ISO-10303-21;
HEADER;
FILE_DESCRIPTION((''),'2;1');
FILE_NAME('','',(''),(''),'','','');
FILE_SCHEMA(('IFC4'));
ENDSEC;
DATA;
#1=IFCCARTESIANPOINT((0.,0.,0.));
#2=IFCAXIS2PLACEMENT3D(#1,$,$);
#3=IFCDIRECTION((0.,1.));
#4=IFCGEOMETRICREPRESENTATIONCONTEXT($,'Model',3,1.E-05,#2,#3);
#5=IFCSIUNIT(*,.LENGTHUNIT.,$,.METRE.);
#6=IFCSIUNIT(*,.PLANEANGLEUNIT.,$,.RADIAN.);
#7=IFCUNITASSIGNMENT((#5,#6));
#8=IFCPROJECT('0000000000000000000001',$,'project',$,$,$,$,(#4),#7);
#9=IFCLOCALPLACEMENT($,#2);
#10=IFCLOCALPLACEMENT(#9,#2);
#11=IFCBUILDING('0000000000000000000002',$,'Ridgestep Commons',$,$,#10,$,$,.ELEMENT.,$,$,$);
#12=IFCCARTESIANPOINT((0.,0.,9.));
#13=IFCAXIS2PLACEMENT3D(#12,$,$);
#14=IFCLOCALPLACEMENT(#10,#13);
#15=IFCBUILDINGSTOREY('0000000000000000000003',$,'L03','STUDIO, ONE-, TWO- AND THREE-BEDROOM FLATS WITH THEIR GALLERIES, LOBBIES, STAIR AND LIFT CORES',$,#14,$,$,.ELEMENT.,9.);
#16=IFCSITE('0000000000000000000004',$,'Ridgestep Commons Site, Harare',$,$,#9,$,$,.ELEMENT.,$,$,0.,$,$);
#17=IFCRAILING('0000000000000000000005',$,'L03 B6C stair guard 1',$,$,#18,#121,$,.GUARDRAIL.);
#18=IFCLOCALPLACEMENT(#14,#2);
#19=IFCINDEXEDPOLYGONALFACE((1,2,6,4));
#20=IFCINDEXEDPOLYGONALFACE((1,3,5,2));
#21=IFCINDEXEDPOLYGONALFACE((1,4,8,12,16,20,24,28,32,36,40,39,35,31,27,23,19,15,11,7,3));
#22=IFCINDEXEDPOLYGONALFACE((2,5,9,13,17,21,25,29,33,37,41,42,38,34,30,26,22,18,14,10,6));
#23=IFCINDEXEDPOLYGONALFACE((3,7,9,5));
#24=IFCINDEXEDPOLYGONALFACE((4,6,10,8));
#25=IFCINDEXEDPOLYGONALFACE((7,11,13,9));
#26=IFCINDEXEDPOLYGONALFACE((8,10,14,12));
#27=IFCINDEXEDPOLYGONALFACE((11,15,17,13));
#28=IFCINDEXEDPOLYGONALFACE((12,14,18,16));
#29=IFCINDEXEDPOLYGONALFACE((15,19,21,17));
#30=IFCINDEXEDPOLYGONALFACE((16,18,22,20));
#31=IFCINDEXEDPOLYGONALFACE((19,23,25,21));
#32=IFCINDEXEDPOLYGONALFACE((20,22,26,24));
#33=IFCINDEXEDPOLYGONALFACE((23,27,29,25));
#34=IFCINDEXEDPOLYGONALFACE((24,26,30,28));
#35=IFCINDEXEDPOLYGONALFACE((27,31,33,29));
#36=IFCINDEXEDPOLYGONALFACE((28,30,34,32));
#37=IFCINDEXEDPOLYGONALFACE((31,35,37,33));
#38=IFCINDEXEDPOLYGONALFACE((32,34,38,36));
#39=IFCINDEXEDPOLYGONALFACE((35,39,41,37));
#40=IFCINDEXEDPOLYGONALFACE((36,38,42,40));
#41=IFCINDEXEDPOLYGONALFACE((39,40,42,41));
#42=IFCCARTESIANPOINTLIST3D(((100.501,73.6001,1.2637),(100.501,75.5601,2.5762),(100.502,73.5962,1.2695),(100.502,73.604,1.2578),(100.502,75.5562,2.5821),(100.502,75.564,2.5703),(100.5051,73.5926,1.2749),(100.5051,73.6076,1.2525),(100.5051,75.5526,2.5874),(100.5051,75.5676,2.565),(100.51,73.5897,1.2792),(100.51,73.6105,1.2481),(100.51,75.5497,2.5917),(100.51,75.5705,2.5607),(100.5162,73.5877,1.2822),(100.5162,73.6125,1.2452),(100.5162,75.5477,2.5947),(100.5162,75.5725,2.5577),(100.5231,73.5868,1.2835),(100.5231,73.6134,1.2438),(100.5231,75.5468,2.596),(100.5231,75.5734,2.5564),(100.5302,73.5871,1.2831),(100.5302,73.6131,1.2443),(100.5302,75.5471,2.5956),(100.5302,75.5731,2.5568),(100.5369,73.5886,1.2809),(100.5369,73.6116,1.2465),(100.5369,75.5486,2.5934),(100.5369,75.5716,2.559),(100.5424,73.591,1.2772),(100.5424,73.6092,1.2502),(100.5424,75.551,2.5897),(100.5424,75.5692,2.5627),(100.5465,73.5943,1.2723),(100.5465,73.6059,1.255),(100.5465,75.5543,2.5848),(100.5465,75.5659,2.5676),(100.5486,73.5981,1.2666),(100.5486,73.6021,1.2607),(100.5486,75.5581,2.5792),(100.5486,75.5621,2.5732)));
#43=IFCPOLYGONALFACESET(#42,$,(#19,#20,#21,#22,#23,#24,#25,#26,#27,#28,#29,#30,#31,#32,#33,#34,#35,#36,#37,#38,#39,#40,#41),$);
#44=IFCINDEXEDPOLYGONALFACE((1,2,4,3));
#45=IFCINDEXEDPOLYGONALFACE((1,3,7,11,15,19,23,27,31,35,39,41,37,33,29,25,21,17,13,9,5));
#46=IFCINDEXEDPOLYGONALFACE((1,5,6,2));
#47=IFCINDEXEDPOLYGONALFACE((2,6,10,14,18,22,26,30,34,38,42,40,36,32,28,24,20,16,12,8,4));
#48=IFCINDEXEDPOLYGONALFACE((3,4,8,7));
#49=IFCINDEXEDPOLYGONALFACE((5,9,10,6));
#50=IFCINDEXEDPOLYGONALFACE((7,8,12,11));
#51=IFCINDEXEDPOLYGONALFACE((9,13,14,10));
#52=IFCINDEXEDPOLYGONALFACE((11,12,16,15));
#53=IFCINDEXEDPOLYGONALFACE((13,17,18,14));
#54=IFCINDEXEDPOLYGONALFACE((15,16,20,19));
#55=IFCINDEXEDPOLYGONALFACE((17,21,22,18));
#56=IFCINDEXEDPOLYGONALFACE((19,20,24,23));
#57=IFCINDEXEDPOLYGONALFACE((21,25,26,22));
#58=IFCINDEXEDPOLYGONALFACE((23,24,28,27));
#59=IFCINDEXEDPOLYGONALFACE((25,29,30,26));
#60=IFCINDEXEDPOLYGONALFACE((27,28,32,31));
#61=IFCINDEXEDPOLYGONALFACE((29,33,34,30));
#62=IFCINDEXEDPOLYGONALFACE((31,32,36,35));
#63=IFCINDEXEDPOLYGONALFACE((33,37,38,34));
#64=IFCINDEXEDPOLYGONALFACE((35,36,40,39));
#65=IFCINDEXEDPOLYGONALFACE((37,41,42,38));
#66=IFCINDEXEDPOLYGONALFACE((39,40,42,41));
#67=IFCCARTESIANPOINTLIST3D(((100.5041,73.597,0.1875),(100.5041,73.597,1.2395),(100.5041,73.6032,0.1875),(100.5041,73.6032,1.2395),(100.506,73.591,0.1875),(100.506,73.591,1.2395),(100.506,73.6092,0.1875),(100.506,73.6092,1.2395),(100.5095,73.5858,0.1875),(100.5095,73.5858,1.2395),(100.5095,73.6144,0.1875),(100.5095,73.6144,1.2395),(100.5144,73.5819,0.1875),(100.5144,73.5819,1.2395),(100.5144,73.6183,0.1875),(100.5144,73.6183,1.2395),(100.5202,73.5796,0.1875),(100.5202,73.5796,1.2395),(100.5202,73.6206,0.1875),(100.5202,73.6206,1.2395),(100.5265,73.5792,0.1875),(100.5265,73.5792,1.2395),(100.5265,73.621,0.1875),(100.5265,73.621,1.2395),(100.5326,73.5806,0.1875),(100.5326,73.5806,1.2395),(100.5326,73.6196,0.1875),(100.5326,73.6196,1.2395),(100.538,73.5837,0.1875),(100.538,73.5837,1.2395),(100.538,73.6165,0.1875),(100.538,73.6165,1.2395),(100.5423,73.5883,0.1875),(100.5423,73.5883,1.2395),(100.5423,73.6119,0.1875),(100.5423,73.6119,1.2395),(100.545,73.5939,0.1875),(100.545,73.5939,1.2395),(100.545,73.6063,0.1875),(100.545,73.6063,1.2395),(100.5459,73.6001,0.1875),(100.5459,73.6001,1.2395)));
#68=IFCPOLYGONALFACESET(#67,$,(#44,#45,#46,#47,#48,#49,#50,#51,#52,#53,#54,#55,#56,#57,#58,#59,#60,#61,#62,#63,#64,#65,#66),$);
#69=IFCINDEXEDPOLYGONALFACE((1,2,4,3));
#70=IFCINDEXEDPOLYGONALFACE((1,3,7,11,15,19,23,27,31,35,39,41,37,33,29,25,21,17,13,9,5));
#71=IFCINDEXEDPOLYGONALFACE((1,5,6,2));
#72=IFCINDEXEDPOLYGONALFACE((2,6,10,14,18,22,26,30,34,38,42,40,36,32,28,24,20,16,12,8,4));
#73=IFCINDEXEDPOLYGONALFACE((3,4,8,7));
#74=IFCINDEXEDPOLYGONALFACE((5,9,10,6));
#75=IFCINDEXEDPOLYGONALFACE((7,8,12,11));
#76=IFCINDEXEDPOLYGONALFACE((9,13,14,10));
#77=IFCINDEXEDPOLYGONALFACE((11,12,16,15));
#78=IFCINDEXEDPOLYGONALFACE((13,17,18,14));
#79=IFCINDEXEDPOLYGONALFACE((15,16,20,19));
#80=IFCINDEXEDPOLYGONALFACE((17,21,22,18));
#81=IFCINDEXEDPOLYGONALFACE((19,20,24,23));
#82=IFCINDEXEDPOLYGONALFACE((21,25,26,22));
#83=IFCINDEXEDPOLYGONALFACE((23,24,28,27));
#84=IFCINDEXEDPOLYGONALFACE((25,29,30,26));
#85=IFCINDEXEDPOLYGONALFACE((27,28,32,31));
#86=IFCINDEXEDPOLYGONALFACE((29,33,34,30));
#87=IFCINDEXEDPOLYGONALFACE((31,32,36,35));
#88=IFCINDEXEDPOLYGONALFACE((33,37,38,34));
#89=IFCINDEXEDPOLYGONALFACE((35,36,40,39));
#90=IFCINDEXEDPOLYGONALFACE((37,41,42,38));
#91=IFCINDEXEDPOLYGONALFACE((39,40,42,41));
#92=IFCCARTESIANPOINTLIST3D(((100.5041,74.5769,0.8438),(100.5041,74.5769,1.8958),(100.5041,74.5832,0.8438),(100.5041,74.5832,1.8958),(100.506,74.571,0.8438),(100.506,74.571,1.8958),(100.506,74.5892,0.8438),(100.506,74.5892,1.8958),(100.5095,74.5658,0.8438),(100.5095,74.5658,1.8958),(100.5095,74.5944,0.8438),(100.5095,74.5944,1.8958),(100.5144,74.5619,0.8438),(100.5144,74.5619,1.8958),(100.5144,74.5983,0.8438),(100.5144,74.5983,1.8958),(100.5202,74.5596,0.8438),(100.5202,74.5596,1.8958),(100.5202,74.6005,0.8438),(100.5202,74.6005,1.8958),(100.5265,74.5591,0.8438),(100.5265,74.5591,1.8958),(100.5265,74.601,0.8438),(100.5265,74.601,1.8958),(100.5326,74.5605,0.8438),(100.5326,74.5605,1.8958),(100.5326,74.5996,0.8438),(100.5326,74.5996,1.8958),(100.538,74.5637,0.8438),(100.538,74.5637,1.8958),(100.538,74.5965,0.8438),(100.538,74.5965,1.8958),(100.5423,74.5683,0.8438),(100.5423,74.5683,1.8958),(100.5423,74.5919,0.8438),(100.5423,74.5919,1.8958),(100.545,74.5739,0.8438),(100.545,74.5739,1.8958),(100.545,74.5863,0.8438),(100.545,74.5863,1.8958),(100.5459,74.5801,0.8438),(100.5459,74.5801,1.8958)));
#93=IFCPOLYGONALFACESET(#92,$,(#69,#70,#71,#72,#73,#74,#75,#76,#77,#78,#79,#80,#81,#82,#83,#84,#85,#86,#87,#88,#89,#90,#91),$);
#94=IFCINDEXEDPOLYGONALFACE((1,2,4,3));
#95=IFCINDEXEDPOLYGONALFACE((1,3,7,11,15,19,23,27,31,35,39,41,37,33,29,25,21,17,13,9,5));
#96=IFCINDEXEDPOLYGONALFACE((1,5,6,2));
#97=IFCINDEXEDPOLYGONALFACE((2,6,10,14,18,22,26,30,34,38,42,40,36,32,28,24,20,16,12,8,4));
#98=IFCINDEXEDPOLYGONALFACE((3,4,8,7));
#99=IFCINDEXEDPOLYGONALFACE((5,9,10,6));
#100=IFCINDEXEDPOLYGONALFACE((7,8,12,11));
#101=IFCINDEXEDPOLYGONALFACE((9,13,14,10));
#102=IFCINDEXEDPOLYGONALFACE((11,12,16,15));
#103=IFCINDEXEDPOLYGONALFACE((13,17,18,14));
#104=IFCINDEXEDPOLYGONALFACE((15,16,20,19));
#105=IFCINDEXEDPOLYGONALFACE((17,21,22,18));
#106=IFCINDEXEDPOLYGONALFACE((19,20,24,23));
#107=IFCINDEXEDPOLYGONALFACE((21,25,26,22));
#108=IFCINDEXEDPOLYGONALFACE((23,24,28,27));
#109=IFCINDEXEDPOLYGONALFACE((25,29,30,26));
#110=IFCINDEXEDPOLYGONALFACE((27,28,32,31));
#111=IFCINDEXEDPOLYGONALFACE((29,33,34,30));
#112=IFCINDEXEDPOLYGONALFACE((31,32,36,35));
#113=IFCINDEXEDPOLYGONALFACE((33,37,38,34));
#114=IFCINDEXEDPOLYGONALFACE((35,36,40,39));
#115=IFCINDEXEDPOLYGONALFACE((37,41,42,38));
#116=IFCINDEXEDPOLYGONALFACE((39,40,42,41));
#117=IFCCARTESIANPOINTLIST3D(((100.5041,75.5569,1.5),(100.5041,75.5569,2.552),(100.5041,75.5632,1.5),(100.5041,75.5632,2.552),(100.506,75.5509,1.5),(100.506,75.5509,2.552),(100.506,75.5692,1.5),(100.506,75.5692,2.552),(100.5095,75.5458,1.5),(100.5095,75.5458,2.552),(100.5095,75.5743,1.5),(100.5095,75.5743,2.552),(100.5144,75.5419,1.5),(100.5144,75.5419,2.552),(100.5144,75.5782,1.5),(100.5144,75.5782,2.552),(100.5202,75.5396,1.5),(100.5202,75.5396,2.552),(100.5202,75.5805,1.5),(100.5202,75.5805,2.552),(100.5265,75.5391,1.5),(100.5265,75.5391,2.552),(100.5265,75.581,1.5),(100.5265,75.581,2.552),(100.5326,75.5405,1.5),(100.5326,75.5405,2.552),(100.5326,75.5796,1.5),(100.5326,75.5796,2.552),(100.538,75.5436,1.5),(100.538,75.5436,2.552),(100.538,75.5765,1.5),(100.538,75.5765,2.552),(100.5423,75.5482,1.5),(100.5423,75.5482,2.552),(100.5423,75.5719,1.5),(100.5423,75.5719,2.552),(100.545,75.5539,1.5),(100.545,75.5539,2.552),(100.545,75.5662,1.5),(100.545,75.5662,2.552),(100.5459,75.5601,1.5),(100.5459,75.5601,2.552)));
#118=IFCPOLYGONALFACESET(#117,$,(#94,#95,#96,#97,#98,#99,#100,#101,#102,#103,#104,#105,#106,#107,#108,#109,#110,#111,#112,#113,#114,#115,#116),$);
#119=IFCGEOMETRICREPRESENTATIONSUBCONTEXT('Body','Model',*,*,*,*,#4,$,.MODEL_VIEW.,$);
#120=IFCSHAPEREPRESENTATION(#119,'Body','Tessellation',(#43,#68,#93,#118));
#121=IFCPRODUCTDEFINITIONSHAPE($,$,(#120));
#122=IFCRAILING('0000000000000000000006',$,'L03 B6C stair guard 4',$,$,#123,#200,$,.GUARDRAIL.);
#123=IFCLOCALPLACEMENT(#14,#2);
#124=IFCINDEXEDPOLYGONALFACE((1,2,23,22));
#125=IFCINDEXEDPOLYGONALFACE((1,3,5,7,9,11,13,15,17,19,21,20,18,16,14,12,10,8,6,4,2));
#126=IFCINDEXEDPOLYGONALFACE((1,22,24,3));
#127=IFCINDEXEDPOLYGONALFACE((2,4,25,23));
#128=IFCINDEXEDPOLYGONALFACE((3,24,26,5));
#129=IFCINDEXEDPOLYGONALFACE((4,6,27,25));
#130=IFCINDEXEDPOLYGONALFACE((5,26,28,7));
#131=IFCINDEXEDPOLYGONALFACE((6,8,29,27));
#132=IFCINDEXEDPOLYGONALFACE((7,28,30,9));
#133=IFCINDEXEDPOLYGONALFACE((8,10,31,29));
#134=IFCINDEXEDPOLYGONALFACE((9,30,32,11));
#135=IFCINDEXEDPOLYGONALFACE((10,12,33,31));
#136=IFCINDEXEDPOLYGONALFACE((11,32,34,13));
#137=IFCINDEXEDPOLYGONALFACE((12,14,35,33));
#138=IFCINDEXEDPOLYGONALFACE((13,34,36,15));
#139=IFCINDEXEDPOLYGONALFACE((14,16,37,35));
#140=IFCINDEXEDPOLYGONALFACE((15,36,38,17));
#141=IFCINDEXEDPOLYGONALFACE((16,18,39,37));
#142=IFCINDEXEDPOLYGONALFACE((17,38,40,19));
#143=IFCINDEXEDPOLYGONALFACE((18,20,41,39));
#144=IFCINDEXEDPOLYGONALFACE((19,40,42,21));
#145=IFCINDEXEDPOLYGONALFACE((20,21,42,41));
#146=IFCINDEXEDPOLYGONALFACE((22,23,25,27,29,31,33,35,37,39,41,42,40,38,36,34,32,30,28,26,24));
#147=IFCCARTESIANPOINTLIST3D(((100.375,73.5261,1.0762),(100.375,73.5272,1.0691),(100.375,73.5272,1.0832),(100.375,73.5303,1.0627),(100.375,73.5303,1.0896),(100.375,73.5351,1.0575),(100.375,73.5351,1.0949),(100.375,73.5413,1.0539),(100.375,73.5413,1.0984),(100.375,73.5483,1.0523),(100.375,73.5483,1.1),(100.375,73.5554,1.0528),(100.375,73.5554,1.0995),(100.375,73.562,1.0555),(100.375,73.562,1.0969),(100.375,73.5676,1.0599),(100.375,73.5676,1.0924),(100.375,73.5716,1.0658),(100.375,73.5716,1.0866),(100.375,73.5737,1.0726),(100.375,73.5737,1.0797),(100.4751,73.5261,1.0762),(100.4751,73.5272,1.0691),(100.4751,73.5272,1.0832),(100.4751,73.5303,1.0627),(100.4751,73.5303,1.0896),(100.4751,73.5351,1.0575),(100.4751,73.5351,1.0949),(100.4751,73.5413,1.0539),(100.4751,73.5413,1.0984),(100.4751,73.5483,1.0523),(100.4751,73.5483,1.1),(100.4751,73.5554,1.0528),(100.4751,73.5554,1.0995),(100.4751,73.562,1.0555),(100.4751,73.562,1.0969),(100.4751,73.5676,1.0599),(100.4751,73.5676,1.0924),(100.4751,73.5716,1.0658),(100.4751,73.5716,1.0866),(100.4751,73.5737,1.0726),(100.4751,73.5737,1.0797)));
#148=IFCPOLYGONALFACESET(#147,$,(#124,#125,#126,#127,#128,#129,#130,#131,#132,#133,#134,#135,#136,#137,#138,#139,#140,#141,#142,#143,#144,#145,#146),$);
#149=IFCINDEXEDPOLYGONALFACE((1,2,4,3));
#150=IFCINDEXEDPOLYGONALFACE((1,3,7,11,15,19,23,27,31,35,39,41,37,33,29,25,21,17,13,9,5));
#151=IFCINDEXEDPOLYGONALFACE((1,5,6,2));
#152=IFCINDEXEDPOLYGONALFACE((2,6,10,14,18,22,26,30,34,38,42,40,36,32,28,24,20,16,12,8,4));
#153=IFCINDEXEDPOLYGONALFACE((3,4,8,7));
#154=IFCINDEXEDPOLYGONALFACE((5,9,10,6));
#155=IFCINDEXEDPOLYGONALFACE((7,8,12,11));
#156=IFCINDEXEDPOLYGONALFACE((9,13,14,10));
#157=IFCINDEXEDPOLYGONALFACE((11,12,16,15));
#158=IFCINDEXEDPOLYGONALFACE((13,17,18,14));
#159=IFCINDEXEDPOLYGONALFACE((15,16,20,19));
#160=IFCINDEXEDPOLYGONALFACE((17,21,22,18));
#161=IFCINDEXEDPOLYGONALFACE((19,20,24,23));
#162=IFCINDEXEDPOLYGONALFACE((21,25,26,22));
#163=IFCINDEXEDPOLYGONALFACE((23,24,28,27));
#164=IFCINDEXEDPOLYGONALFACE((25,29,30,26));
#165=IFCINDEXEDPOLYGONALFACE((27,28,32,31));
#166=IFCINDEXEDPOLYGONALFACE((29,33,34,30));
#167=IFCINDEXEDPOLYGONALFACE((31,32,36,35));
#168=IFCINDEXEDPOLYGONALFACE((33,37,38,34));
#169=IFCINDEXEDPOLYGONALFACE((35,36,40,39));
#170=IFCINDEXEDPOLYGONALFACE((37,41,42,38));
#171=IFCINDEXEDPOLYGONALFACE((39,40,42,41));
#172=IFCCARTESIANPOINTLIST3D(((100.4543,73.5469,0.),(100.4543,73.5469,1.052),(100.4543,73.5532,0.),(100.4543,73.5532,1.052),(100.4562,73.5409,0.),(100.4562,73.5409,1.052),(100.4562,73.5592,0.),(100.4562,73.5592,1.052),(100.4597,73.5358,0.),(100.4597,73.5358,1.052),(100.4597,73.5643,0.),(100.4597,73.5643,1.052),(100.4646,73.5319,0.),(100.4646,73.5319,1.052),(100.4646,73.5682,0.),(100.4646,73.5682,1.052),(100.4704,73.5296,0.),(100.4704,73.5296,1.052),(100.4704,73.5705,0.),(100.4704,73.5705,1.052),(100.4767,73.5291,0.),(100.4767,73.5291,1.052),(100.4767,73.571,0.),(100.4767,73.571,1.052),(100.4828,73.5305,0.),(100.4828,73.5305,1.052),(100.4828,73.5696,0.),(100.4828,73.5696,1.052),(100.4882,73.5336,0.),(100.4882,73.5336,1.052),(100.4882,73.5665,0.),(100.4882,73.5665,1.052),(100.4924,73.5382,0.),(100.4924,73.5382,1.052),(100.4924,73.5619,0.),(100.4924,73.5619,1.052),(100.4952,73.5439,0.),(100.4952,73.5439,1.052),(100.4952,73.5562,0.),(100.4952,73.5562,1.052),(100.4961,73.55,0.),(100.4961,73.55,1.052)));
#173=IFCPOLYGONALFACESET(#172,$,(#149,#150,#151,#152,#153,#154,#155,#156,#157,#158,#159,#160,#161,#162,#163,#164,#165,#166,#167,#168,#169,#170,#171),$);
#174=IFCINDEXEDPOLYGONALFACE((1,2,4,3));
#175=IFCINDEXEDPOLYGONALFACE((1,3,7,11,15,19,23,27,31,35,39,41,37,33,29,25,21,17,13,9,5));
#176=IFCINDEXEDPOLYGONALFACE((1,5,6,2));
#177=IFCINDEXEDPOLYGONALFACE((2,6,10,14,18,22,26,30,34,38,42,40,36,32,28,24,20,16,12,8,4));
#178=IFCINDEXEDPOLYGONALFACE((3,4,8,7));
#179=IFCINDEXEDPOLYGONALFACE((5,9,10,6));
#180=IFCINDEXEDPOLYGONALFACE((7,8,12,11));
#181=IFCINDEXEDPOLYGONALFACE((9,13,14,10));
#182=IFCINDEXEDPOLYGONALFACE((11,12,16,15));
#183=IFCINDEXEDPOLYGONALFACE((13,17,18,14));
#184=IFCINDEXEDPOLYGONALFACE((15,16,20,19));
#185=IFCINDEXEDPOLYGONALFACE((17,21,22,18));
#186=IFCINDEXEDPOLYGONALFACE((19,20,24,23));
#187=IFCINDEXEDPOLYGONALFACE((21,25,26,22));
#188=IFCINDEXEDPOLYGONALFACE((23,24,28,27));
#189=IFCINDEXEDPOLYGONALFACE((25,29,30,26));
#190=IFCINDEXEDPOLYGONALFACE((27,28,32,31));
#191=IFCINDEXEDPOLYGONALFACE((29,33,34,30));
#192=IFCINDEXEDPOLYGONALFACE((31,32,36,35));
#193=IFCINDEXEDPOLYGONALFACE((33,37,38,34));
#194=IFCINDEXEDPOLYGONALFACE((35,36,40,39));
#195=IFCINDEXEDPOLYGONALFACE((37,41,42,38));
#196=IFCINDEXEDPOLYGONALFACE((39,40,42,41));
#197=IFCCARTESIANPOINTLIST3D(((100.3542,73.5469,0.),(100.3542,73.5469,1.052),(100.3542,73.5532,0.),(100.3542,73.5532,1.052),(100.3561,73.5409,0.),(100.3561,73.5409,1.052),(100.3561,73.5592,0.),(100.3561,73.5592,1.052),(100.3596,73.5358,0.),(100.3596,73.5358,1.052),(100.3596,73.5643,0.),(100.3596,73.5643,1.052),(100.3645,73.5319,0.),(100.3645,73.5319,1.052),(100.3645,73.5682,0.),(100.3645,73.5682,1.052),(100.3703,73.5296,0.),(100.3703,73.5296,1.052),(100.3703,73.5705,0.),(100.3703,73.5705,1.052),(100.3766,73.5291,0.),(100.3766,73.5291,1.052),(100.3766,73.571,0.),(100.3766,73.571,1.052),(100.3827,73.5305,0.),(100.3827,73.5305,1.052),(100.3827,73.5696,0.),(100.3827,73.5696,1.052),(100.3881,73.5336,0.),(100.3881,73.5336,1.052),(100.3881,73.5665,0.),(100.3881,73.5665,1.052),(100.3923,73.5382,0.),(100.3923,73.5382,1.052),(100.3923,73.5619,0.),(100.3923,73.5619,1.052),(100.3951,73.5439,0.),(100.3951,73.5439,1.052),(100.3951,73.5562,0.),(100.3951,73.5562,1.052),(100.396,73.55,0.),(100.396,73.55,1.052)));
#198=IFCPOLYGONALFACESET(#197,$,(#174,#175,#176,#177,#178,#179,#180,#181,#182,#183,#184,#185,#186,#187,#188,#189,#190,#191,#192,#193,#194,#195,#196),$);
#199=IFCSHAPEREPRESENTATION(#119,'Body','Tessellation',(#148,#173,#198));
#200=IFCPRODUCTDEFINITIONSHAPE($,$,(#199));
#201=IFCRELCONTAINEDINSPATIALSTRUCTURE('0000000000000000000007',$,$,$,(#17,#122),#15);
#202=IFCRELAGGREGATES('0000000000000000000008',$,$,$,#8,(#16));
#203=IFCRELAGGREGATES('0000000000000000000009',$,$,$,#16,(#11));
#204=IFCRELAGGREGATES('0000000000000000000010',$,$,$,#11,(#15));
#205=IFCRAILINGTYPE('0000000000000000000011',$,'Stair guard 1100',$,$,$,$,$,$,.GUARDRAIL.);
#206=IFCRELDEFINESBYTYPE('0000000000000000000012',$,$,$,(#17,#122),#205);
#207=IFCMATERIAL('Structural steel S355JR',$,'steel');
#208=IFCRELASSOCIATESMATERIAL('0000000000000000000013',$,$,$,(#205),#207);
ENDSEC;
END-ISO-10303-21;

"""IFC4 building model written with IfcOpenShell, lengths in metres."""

from ifc_helpers import new_model, si_unit, direction, frame, origin, origin_2d, place, context, subcontext, project, spatial, circle, extrude, material, type_object, element, save


model = new_model("IFC4")

# Units and contexts
model_context = context("Model", 3, precision=1e-05, world=origin(), true_north=direction((0.0, 1.0)))
body_context = subcontext(model_context, "Body", "Model", "MODEL_VIEW")
ifc_project = project(units=[si_unit("LENGTHUNIT", "METRE"), si_unit("PLANEANGLEUNIT", "RADIAN")], contexts=[model_context])

# Site, building, storey
site_placement = place(None, origin())
site = spatial("IfcSite", under=ifc_project, at=site_placement, Name="Ridgestep Commons Site, Harare", CompositionType="ELEMENT", RefElevation=0.0)
building_placement = place(site_placement, origin())
building = spatial("IfcBuilding", under=site, at=building_placement, Name="Ridgestep Commons", CompositionType="ELEMENT")
storey_placement = place(building_placement, frame((0.0, 0.0, 9.0)))
storey = spatial("IfcBuildingStorey", under=building, at=storey_placement, Name="L03", Description="STUDIO, ONE-, TWO- AND THREE-BEDROOM FLATS WITH THEIR GALLERIES, LOBBIES, STAIR AND LIFT CORES", CompositionType="ELEMENT", Elevation=9.0)

# Railings
ifc_material_1 = material(Name="Structural steel S355JR", Category="steel")
railing_type_1 = type_object("IfcRailingType", Name="Stair guard 1100", PredefinedType="GUARDRAIL", material=ifc_material_1)
railing_1_placement = place(storey_placement, frame((100.5249, 73.6001, 0.1875)))
element("IfcRailing", 1, at=railing_1_placement, inside=storey, type_object=railing_type_1, Name="L03 B6C stair guard 1", PredefinedType="GUARDRAIL", context=body_context, shape_type="SweptSolid", body=[
    extrude(circle(Radius=0.0239, at=origin_2d()), frame((0.0, 0.0, 1.0762), z_axis=(0.0, 0.830902, 0.556419), x_axis=(-1.0, 0.0, 0.0)), (0.0, 0.0, 1.0), 2.3589),
    extrude(circle(Radius=0.021, at=origin_2d()), origin(), (0.0, 0.0, 1.0), 1.052),
    extrude(circle(Radius=0.021, at=origin_2d()), frame((0.0, 0.98, 0.6562)), (0.0, 0.0, 1.0), 1.052),
    extrude(circle(Radius=0.021, at=origin_2d()), frame((0.0, 1.96, 1.3125)), (0.0, 0.0, 1.0), 1.052),
])
railing_2_placement = place(storey_placement, frame((100.4751, 73.55, 0.0)))
element("IfcRailing", 2, at=railing_2_placement, inside=storey, type_object=railing_type_1, Name="L03 B6C stair guard 4", PredefinedType="GUARDRAIL", context=body_context, shape_type="SweptSolid", body=[
    extrude(circle(Radius=0.0239, at=origin_2d()), frame((0.0, 0.0, 1.0762), z_axis=(-1.0, 0.0, 0.0), x_axis=(0.0, -1.0, 0.0)), (0.0, 0.0, 1.0), 0.1001),
    extrude(circle(Radius=0.021, at=origin_2d()), origin(), (0.0, 0.0, 1.0), 1.052),
    extrude(circle(Radius=0.021, at=origin_2d()), frame((-0.1001, 0.0, 0.0)), (0.0, 0.0, 1.0), 1.052),
])

save(model, "model.ifc")
